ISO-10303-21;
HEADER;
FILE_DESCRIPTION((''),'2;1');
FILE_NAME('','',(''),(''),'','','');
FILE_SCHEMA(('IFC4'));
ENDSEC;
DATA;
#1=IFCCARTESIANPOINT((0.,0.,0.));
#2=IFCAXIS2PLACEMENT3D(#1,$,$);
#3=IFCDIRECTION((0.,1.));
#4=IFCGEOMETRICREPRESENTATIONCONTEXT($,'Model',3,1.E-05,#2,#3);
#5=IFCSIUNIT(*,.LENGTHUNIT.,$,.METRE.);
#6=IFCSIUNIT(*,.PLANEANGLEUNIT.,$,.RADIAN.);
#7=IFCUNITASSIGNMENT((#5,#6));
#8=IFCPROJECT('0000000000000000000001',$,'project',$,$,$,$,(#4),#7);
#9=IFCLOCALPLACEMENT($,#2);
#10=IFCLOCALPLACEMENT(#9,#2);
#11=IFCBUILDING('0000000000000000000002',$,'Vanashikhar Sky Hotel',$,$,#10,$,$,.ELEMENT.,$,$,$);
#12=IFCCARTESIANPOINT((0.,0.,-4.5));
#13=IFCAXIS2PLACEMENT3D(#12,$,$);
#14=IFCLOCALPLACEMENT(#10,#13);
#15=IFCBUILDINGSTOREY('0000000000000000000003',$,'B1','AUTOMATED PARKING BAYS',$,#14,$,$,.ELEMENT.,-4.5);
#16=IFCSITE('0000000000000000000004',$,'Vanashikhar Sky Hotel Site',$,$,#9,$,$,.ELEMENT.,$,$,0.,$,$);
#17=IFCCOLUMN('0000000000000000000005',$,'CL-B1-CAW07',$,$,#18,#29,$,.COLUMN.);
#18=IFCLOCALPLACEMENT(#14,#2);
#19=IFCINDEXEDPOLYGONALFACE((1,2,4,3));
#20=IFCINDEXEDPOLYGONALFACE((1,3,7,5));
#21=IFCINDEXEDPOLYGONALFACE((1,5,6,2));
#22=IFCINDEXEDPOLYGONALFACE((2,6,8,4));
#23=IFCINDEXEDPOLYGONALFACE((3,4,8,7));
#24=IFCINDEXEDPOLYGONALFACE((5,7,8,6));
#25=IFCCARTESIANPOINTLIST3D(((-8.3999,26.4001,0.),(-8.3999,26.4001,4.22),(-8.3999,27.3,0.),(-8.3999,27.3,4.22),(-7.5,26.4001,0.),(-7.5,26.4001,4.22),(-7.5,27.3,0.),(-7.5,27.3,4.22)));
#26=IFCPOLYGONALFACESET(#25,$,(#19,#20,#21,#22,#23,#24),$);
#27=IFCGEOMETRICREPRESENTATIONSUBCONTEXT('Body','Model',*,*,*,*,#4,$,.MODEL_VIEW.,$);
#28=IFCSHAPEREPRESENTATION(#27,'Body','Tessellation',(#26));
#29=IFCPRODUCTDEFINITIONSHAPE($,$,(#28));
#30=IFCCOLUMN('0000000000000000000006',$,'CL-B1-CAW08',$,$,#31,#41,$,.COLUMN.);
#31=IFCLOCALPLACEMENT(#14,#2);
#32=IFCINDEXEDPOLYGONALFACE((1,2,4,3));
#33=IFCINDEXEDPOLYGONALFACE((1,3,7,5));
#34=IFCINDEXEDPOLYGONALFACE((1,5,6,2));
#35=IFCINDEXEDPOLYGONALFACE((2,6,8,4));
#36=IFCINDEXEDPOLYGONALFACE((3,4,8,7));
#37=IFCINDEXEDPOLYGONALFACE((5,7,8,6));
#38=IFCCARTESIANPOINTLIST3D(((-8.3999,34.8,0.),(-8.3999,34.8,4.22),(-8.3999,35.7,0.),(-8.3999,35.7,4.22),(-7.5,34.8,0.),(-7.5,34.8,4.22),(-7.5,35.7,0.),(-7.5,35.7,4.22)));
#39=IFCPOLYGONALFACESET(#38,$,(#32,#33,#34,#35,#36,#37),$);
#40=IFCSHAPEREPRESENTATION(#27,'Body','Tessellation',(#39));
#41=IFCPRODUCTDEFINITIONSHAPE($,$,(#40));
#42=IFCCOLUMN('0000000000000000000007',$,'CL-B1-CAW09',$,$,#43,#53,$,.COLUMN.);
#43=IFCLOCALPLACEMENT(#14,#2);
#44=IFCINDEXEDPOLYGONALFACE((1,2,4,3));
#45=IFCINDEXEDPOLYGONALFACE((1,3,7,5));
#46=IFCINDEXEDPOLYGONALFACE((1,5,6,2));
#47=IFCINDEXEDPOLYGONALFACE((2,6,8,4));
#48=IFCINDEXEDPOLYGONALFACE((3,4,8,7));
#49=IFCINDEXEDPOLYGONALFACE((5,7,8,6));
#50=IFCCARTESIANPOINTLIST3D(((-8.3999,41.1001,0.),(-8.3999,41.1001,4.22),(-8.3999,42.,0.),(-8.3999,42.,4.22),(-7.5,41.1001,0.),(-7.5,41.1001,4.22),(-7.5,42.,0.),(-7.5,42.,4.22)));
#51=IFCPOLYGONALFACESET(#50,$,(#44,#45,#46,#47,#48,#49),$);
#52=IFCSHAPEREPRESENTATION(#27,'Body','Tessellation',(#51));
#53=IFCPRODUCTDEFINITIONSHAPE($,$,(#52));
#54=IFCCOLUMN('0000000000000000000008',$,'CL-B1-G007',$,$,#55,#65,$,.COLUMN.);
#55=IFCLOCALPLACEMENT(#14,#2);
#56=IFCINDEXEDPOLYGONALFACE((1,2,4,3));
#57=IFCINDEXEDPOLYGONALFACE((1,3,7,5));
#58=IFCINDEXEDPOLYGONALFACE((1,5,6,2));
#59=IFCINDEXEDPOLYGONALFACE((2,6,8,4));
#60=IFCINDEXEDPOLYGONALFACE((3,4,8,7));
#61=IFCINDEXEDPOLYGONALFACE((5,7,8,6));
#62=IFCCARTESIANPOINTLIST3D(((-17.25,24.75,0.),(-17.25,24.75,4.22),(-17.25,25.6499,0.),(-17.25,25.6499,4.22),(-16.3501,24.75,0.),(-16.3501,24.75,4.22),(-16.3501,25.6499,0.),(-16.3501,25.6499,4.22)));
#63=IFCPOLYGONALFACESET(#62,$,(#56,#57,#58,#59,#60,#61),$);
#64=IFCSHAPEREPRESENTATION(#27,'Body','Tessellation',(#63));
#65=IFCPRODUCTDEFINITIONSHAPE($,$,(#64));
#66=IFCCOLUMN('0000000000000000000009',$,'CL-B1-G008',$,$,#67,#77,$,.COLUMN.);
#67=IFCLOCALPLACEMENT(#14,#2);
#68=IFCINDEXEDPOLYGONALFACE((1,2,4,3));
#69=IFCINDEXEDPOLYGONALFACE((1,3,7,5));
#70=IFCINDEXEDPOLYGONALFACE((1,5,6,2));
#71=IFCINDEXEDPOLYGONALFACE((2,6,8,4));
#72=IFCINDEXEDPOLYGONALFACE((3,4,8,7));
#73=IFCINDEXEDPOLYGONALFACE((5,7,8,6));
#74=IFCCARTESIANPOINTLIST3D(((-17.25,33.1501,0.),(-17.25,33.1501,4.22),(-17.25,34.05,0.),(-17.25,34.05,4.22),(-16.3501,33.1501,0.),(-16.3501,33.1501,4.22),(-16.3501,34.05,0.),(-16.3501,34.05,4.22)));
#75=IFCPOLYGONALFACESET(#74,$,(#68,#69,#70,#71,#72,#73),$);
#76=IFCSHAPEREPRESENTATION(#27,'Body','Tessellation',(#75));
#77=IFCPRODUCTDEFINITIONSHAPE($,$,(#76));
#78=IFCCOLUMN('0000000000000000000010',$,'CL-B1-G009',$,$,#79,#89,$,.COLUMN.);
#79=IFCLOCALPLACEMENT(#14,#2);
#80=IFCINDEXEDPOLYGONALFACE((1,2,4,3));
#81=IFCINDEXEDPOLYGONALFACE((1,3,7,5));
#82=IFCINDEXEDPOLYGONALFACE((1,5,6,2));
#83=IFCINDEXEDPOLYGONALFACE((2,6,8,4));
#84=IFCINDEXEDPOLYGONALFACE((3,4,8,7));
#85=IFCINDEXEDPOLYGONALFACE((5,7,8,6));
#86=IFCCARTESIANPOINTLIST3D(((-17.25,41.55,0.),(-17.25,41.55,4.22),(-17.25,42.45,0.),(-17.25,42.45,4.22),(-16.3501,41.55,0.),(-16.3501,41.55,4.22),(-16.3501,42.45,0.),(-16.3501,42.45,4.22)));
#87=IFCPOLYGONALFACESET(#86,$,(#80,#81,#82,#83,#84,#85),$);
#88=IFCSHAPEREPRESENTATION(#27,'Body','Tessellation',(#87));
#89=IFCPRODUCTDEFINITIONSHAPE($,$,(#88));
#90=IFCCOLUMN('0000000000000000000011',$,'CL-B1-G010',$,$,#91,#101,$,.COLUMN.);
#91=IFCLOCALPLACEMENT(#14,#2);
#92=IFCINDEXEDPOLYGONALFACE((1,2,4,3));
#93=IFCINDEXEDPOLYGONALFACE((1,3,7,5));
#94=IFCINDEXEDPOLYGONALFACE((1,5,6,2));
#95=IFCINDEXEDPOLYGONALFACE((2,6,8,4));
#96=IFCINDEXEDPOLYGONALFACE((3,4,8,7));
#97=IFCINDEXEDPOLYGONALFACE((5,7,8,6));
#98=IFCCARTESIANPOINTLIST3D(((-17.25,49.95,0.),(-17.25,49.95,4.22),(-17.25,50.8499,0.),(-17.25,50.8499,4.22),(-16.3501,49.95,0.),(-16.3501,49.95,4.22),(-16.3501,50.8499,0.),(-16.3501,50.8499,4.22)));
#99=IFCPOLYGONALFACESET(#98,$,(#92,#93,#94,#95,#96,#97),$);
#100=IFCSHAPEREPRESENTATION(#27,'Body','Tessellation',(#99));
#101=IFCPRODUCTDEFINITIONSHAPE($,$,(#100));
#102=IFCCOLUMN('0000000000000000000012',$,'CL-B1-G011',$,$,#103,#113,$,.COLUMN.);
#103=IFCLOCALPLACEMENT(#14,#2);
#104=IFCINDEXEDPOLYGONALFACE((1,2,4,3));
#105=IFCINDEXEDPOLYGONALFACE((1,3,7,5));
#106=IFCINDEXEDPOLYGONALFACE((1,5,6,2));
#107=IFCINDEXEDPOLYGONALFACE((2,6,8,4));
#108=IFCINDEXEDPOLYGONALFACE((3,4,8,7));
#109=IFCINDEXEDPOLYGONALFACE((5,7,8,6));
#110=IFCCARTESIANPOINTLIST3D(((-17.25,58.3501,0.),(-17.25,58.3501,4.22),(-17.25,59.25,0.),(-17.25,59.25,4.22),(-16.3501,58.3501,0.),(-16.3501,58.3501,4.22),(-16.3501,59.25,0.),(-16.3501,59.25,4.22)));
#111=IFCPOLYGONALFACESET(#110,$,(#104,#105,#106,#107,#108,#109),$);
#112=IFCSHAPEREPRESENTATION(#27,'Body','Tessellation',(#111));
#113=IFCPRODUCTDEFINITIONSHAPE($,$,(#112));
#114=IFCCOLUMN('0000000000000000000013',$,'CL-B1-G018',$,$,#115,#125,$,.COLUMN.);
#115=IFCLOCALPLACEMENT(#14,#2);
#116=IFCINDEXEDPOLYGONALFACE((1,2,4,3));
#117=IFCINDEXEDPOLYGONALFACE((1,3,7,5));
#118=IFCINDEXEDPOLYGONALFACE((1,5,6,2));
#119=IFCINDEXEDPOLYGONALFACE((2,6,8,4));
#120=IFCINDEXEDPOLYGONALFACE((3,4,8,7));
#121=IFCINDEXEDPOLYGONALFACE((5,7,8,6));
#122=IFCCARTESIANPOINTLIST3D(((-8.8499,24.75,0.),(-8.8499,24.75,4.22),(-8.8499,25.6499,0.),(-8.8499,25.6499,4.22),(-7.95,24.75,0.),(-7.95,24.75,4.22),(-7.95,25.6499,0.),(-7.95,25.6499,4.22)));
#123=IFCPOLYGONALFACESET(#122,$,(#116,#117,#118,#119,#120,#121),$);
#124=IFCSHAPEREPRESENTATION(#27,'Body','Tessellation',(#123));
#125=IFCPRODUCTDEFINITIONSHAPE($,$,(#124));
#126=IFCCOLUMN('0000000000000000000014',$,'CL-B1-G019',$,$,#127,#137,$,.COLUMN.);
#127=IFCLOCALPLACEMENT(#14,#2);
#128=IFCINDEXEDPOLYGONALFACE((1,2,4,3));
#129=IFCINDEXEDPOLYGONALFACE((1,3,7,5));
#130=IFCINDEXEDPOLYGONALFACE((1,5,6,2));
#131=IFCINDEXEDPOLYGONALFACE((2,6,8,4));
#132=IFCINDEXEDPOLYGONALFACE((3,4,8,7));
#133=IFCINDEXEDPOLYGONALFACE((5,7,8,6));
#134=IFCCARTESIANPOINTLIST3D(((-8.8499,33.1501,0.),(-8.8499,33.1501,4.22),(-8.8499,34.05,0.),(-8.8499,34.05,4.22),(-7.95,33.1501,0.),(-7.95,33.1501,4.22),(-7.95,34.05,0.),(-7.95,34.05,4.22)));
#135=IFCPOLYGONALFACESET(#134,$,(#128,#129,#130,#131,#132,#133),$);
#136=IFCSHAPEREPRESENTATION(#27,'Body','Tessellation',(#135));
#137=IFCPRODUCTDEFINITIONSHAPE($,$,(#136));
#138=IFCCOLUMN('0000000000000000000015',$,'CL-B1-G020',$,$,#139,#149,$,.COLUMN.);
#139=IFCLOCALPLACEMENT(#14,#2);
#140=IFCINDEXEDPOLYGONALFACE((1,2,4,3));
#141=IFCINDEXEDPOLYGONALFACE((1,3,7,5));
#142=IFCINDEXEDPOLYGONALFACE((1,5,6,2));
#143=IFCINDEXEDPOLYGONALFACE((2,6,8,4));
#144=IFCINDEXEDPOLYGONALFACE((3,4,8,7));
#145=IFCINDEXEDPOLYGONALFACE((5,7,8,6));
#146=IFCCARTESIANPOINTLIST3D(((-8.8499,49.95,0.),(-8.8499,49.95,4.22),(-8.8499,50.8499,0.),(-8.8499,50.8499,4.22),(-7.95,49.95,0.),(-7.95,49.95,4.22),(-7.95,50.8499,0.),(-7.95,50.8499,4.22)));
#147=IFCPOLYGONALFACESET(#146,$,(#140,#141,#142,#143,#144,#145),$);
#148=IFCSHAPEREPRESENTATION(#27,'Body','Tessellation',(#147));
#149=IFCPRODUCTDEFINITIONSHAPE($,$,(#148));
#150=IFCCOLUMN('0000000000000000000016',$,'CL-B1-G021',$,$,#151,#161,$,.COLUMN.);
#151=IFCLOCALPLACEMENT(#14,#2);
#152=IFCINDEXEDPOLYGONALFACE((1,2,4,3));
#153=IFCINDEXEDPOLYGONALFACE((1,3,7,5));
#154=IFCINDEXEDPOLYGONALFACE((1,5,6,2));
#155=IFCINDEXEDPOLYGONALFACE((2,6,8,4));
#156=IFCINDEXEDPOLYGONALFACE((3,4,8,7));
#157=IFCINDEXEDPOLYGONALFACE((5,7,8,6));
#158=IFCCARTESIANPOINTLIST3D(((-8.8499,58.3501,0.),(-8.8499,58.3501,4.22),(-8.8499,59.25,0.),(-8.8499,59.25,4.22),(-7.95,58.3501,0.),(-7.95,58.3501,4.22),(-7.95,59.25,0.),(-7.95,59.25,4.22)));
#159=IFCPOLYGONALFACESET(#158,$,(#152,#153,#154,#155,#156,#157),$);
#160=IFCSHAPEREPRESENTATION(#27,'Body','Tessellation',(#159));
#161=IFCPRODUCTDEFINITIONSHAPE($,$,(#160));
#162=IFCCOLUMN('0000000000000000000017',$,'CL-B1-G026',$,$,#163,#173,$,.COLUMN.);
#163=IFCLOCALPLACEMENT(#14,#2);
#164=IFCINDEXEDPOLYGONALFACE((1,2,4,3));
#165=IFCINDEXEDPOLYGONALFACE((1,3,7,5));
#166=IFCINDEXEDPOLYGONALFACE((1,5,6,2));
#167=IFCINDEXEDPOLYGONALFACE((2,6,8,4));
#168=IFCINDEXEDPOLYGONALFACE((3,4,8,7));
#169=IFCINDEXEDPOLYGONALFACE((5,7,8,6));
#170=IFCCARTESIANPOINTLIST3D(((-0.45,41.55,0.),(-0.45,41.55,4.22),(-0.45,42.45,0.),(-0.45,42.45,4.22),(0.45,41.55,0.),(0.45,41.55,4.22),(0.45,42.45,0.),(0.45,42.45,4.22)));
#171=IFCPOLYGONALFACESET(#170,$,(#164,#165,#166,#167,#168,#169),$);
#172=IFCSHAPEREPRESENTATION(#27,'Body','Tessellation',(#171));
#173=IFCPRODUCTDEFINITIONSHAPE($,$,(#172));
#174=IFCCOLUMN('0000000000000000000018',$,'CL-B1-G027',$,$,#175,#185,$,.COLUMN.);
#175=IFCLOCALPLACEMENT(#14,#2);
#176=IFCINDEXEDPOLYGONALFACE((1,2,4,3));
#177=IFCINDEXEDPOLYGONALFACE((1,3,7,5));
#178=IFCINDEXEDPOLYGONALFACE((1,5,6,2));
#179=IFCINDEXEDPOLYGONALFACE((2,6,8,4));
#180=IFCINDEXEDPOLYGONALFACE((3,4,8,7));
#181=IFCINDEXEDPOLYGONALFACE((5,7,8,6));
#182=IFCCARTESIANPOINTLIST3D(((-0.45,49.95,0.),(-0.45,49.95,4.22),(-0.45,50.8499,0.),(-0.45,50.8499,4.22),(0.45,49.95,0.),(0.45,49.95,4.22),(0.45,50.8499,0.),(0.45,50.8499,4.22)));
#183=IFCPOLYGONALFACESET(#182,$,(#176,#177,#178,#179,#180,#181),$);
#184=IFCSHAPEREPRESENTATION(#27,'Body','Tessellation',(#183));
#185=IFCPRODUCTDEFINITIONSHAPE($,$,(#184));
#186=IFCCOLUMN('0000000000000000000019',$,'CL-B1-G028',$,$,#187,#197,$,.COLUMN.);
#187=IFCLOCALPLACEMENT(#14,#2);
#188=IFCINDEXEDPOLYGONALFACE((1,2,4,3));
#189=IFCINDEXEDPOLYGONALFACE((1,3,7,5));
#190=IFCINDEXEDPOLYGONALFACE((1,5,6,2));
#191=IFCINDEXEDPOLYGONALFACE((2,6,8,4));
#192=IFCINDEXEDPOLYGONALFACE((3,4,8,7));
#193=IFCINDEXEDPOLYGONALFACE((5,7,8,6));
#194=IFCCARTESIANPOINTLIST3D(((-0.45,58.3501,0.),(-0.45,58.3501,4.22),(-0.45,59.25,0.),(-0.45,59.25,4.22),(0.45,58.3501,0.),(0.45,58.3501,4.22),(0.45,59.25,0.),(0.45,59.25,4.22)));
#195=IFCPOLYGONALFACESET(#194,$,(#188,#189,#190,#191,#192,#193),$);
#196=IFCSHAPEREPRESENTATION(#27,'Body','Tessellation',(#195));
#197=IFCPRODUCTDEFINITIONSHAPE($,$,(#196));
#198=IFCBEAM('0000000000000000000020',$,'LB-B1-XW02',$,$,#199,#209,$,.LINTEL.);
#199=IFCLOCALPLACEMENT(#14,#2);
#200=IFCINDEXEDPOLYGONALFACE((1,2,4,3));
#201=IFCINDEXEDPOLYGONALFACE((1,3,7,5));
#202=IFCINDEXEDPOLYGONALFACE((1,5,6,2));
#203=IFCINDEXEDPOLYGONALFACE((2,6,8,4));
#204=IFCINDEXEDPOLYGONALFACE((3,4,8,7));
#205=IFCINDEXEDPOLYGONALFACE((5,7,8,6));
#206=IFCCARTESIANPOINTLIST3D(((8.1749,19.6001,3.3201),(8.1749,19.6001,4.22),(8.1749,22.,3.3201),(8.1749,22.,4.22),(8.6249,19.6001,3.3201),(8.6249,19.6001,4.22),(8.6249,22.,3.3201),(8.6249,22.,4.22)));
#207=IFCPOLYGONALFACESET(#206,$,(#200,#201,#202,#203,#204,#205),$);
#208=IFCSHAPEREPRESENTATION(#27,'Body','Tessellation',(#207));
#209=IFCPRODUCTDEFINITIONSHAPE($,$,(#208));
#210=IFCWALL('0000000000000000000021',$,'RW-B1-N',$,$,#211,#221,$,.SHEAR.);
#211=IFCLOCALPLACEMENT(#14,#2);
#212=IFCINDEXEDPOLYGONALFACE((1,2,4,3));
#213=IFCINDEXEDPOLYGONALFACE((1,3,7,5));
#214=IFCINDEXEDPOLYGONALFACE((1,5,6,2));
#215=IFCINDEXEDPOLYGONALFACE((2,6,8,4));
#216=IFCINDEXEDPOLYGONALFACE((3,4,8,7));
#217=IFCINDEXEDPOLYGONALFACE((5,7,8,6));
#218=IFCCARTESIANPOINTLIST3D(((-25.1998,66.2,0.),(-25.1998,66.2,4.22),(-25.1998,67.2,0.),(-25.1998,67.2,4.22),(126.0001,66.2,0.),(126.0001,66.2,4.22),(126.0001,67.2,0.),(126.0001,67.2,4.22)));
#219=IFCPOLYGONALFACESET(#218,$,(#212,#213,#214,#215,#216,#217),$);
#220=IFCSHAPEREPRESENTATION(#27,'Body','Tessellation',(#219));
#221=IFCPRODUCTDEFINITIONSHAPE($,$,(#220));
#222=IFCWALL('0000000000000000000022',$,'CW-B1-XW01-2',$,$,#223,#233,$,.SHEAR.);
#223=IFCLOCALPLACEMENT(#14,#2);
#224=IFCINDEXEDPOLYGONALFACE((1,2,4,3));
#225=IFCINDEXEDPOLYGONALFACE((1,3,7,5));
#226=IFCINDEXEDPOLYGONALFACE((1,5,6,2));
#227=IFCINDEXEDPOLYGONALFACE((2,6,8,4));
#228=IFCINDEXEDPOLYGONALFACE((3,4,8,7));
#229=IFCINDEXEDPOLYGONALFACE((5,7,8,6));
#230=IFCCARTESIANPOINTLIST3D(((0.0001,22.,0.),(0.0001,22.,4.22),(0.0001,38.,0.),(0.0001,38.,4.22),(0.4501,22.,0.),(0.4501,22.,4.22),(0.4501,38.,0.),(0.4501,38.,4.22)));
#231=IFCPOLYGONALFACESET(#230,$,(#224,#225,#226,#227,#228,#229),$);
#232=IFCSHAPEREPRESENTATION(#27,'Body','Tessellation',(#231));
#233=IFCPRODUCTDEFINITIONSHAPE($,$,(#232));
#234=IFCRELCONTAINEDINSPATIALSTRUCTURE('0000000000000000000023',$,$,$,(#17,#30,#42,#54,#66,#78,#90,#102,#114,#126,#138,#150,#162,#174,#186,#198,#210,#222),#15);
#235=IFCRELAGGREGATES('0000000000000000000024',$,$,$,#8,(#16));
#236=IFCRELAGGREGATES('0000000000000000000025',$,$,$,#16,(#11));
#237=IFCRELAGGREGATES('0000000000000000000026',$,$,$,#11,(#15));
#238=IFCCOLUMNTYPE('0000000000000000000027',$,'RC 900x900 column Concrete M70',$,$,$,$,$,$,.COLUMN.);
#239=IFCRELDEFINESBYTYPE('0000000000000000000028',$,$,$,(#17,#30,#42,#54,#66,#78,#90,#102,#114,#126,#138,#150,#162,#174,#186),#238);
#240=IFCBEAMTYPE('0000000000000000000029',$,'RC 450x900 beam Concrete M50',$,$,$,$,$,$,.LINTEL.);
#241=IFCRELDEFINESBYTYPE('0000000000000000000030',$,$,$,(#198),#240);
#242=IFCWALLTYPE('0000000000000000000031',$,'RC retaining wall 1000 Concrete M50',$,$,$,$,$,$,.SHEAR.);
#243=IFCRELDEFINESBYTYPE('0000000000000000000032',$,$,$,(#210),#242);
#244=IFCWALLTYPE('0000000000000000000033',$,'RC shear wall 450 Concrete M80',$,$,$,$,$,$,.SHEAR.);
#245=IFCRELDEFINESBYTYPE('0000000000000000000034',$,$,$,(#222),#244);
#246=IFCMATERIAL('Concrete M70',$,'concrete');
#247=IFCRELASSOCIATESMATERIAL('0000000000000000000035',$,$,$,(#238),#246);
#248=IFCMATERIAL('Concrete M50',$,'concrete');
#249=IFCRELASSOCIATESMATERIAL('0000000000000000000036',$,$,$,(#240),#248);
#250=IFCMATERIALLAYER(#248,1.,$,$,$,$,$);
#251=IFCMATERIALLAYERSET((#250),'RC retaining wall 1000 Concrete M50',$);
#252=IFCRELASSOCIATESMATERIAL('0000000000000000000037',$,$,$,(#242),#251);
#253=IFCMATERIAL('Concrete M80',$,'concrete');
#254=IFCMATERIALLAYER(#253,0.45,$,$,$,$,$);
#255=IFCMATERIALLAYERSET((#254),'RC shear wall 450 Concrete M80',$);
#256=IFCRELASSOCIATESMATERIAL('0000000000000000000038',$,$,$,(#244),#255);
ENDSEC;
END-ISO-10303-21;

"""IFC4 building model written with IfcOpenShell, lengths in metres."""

from ifc_helpers import new_model, si_unit, direction, frame, frame_2d, origin, origin_2d, place, context, subcontext, project, spatial, rectangle, extrude, source, transform, mapped, material, layer, layer_set, material_profile, profile_set, type_object, element, save


model = new_model("IFC4")

# Units and contexts
model_context = context("Model", 3, precision=1e-05, world=origin(), true_north=direction((0.0, 1.0)))
body_context = subcontext(model_context, "Body", "Model", "MODEL_VIEW")
ifc_project = project(units=[si_unit("LENGTHUNIT", "METRE"), si_unit("PLANEANGLEUNIT", "RADIAN")], contexts=[model_context])

# Site, building, storey
site_placement = place(None, origin())
site = spatial("IfcSite", under=ifc_project, at=site_placement, Name="Vanashikhar Sky Hotel Site", CompositionType="ELEMENT", RefElevation=0.0)
building_placement = place(site_placement, origin())
building = spatial("IfcBuilding", under=site, at=building_placement, Name="Vanashikhar Sky Hotel", CompositionType="ELEMENT")
storey_placement = place(building_placement, frame((0.0, 0.0, -4.5)))
storey = spatial("IfcBuildingStorey", under=building, at=storey_placement, Name="B1", Description="AUTOMATED PARKING BAYS", CompositionType="ELEMENT", Elevation=-4.5)

# Columns
ifc_material_1 = material(Name="Concrete M70", Category="concrete")
ifc_material_profile_1 = material_profile(ifc_material_1, rectangle(XDim=0.8999, YDim=0.8999, at=origin_2d()))
ifc_profile_set_1 = profile_set([ifc_material_profile_1], Name="RC 900x900 column Concrete M70")
column_type = type_object("IfcColumnType", Name="RC 900x900 column Concrete M70", PredefinedType="COLUMN", material=ifc_profile_set_1)
shared_shape_1 = source(origin(), body_context, "Body", "SweptSolid", [
    extrude(rectangle(XDim=0.8999, YDim=0.8999, at=origin_2d()), origin(), (0.0, 0.0, 1.0), 4.22),
])
for number, where, z_axis, x_axis, name in (
    (1, (-7.95, 26.8501, 0.0), (0.0, 0.0, 1.0), (1.0, 0.0, 0.0), "CL-B1-CAW07"),
    (2, (-7.95, 35.25, 0.0), (0.0, 0.0, 1.0), (1.0, 0.0, 0.0), "CL-B1-CAW08"),
    (3, (-7.95, 41.55, 0.0), (0.0, 0.0, 1.0), (1.0, 0.0, 0.0), "CL-B1-CAW09"),
    (4, (-16.8, 25.2, 0.0), (0.0, 0.0, 1.0), (1.0, 0.0, 0.0), "CL-B1-G007"),
    (5, (-16.8, 33.6001, 0.0), (0.0, 0.0, 1.0), (1.0, 0.0, 0.0), "CL-B1-G008"),
    (6, (-16.8, 42.0, 0.0), (0.0, 0.0, 1.0), (1.0, 0.0, 0.0), "CL-B1-G009"),
    (7, (-16.8, 50.3999, 0.0), (0.0, 0.0, 1.0), (1.0, 0.0, 0.0), "CL-B1-G010"),
    (8, (-16.8, 58.8, 0.0), (0.0, 0.0, 1.0), (1.0, 0.0, 0.0), "CL-B1-G011"),
    (9, (-8.3999, 25.2, 0.0), (0.0, 0.0, 1.0), (1.0, 0.0, 0.0), "CL-B1-G018"),
    (10, (-8.3999, 33.6001, 0.0), (0.0, 0.0, 1.0), (1.0, 0.0, 0.0), "CL-B1-G019"),
    (11, (-8.3999, 50.3999, 0.0), (0.0, 0.0, 1.0), (1.0, 0.0, 0.0), "CL-B1-G020"),
    (12, (-8.3999, 58.8, 0.0), (0.0, 0.0, 1.0), (1.0, 0.0, 0.0), "CL-B1-G021"),
    (13, (0.0, 42.0, 0.0), (0.0, 0.0, 1.0), (1.0, 0.0, 0.0), "CL-B1-G026"),
    (14, (0.0, 50.3999, 0.0), (0.0, 0.0, 1.0), (1.0, 0.0, 0.0), "CL-B1-G027"),
    (15, (0.0, 58.8, 0.0), (0.0, 0.0, 1.0), (1.0, 0.0, 0.0), "CL-B1-G028"),
):
    element("IfcColumn", number, at=place(storey_placement, frame(where, z_axis=z_axis, x_axis=x_axis)), inside=storey, type_object=column_type, Name=name, PredefinedType="COLUMN", context=body_context, shape_type="MappedRepresentation", body=[
        mapped(shared_shape_1, transform((0.0, 0.0, 0.0), scale=1.0)),
    ])

# Beam
ifc_material_2 = material(Name="Concrete M50", Category="concrete")
ifc_material_profile_2 = material_profile(ifc_material_2, rectangle(XDim=0.45, YDim=0.8999, at=origin_2d()))
ifc_profile_set_2 = profile_set([ifc_material_profile_2], Name="RC 450x900 beam Concrete M50")
beam_type = type_object("IfcBeamType", Name="RC 450x900 beam Concrete M50", PredefinedType="LINTEL", material=ifc_profile_set_2)
shared_shape_2 = source(origin(), body_context, "Body", "SweptSolid", [
    extrude(rectangle(XDim=0.45, YDim=0.8999, at=origin_2d()), origin(), (0.0, 0.0, 1.0), 2.3999),
])
beam_placement = place(storey_placement, frame((8.3999, 19.6001, 3.77), z_axis=(0.0, 1.0, 0.0), x_axis=(-1.0, 0.0, 0.0)))
element("IfcBeam", 16, at=beam_placement, inside=storey, type_object=beam_type, Name="LB-B1-XW02", PredefinedType="LINTEL", context=body_context, shape_type="MappedRepresentation", body=[
    mapped(shared_shape_2, transform((0.0, 0.0, 0.0), scale=1.0)),
])

# Walls
ifc_layer_1 = layer(ifc_material_2, 1.0)
ifc_layer_set_1 = layer_set([ifc_layer_1], Name="RC retaining wall 1000 Concrete M50")
wall_type_1 = type_object("IfcWallType", Name="RC retaining wall 1000 Concrete M50", PredefinedType="SHEAR", material=ifc_layer_set_1)
shared_shape_3 = source(origin(), body_context, "Body", "SweptSolid", [
    extrude(rectangle(XDim=151.2, YDim=1.0, at=frame_2d((75.6001, 0.0))), origin(), (0.0, 0.0, 1.0), 4.22),
])
wall_1_placement = place(storey_placement, frame((-25.2, 66.7, 0.0), z_axis=(0.0, 0.0, 1.0), x_axis=(1.0, 0.0, 0.0)))
element("IfcWall", 17, at=wall_1_placement, inside=storey, type_object=wall_type_1, Name="RW-B1-N", PredefinedType="SHEAR", context=body_context, shape_type="MappedRepresentation", body=[
    mapped(shared_shape_3, transform((0.0, 0.0, 0.0), scale=1.0)),
])
ifc_material_3 = material(Name="Concrete M80", Category="concrete")
ifc_layer_2 = layer(ifc_material_3, 0.45)
ifc_layer_set_2 = layer_set([ifc_layer_2], Name="RC shear wall 450 Concrete M80")
wall_type_2 = type_object("IfcWallType", Name="RC shear wall 450 Concrete M80", PredefinedType="SHEAR", material=ifc_layer_set_2)
shared_shape_4 = source(origin(), body_context, "Body", "SweptSolid", [
    extrude(rectangle(XDim=16.0, YDim=0.45, at=frame_2d((8.0, 0.0))), origin(), (0.0, 0.0, 1.0), 4.22),
])
wall_2_placement = place(storey_placement, frame((0.2251, 22.0, 0.0), z_axis=(0.0, 0.0, 1.0), x_axis=(0.0, 1.0, 0.0)))
element("IfcWall", 18, at=wall_2_placement, inside=storey, type_object=wall_type_2, Name="CW-B1-XW01-2", PredefinedType="SHEAR", context=body_context, shape_type="MappedRepresentation", body=[
    mapped(shared_shape_4, transform((0.0, 0.0, 0.0), scale=1.0)),
])

save(model, "model.ifc")
